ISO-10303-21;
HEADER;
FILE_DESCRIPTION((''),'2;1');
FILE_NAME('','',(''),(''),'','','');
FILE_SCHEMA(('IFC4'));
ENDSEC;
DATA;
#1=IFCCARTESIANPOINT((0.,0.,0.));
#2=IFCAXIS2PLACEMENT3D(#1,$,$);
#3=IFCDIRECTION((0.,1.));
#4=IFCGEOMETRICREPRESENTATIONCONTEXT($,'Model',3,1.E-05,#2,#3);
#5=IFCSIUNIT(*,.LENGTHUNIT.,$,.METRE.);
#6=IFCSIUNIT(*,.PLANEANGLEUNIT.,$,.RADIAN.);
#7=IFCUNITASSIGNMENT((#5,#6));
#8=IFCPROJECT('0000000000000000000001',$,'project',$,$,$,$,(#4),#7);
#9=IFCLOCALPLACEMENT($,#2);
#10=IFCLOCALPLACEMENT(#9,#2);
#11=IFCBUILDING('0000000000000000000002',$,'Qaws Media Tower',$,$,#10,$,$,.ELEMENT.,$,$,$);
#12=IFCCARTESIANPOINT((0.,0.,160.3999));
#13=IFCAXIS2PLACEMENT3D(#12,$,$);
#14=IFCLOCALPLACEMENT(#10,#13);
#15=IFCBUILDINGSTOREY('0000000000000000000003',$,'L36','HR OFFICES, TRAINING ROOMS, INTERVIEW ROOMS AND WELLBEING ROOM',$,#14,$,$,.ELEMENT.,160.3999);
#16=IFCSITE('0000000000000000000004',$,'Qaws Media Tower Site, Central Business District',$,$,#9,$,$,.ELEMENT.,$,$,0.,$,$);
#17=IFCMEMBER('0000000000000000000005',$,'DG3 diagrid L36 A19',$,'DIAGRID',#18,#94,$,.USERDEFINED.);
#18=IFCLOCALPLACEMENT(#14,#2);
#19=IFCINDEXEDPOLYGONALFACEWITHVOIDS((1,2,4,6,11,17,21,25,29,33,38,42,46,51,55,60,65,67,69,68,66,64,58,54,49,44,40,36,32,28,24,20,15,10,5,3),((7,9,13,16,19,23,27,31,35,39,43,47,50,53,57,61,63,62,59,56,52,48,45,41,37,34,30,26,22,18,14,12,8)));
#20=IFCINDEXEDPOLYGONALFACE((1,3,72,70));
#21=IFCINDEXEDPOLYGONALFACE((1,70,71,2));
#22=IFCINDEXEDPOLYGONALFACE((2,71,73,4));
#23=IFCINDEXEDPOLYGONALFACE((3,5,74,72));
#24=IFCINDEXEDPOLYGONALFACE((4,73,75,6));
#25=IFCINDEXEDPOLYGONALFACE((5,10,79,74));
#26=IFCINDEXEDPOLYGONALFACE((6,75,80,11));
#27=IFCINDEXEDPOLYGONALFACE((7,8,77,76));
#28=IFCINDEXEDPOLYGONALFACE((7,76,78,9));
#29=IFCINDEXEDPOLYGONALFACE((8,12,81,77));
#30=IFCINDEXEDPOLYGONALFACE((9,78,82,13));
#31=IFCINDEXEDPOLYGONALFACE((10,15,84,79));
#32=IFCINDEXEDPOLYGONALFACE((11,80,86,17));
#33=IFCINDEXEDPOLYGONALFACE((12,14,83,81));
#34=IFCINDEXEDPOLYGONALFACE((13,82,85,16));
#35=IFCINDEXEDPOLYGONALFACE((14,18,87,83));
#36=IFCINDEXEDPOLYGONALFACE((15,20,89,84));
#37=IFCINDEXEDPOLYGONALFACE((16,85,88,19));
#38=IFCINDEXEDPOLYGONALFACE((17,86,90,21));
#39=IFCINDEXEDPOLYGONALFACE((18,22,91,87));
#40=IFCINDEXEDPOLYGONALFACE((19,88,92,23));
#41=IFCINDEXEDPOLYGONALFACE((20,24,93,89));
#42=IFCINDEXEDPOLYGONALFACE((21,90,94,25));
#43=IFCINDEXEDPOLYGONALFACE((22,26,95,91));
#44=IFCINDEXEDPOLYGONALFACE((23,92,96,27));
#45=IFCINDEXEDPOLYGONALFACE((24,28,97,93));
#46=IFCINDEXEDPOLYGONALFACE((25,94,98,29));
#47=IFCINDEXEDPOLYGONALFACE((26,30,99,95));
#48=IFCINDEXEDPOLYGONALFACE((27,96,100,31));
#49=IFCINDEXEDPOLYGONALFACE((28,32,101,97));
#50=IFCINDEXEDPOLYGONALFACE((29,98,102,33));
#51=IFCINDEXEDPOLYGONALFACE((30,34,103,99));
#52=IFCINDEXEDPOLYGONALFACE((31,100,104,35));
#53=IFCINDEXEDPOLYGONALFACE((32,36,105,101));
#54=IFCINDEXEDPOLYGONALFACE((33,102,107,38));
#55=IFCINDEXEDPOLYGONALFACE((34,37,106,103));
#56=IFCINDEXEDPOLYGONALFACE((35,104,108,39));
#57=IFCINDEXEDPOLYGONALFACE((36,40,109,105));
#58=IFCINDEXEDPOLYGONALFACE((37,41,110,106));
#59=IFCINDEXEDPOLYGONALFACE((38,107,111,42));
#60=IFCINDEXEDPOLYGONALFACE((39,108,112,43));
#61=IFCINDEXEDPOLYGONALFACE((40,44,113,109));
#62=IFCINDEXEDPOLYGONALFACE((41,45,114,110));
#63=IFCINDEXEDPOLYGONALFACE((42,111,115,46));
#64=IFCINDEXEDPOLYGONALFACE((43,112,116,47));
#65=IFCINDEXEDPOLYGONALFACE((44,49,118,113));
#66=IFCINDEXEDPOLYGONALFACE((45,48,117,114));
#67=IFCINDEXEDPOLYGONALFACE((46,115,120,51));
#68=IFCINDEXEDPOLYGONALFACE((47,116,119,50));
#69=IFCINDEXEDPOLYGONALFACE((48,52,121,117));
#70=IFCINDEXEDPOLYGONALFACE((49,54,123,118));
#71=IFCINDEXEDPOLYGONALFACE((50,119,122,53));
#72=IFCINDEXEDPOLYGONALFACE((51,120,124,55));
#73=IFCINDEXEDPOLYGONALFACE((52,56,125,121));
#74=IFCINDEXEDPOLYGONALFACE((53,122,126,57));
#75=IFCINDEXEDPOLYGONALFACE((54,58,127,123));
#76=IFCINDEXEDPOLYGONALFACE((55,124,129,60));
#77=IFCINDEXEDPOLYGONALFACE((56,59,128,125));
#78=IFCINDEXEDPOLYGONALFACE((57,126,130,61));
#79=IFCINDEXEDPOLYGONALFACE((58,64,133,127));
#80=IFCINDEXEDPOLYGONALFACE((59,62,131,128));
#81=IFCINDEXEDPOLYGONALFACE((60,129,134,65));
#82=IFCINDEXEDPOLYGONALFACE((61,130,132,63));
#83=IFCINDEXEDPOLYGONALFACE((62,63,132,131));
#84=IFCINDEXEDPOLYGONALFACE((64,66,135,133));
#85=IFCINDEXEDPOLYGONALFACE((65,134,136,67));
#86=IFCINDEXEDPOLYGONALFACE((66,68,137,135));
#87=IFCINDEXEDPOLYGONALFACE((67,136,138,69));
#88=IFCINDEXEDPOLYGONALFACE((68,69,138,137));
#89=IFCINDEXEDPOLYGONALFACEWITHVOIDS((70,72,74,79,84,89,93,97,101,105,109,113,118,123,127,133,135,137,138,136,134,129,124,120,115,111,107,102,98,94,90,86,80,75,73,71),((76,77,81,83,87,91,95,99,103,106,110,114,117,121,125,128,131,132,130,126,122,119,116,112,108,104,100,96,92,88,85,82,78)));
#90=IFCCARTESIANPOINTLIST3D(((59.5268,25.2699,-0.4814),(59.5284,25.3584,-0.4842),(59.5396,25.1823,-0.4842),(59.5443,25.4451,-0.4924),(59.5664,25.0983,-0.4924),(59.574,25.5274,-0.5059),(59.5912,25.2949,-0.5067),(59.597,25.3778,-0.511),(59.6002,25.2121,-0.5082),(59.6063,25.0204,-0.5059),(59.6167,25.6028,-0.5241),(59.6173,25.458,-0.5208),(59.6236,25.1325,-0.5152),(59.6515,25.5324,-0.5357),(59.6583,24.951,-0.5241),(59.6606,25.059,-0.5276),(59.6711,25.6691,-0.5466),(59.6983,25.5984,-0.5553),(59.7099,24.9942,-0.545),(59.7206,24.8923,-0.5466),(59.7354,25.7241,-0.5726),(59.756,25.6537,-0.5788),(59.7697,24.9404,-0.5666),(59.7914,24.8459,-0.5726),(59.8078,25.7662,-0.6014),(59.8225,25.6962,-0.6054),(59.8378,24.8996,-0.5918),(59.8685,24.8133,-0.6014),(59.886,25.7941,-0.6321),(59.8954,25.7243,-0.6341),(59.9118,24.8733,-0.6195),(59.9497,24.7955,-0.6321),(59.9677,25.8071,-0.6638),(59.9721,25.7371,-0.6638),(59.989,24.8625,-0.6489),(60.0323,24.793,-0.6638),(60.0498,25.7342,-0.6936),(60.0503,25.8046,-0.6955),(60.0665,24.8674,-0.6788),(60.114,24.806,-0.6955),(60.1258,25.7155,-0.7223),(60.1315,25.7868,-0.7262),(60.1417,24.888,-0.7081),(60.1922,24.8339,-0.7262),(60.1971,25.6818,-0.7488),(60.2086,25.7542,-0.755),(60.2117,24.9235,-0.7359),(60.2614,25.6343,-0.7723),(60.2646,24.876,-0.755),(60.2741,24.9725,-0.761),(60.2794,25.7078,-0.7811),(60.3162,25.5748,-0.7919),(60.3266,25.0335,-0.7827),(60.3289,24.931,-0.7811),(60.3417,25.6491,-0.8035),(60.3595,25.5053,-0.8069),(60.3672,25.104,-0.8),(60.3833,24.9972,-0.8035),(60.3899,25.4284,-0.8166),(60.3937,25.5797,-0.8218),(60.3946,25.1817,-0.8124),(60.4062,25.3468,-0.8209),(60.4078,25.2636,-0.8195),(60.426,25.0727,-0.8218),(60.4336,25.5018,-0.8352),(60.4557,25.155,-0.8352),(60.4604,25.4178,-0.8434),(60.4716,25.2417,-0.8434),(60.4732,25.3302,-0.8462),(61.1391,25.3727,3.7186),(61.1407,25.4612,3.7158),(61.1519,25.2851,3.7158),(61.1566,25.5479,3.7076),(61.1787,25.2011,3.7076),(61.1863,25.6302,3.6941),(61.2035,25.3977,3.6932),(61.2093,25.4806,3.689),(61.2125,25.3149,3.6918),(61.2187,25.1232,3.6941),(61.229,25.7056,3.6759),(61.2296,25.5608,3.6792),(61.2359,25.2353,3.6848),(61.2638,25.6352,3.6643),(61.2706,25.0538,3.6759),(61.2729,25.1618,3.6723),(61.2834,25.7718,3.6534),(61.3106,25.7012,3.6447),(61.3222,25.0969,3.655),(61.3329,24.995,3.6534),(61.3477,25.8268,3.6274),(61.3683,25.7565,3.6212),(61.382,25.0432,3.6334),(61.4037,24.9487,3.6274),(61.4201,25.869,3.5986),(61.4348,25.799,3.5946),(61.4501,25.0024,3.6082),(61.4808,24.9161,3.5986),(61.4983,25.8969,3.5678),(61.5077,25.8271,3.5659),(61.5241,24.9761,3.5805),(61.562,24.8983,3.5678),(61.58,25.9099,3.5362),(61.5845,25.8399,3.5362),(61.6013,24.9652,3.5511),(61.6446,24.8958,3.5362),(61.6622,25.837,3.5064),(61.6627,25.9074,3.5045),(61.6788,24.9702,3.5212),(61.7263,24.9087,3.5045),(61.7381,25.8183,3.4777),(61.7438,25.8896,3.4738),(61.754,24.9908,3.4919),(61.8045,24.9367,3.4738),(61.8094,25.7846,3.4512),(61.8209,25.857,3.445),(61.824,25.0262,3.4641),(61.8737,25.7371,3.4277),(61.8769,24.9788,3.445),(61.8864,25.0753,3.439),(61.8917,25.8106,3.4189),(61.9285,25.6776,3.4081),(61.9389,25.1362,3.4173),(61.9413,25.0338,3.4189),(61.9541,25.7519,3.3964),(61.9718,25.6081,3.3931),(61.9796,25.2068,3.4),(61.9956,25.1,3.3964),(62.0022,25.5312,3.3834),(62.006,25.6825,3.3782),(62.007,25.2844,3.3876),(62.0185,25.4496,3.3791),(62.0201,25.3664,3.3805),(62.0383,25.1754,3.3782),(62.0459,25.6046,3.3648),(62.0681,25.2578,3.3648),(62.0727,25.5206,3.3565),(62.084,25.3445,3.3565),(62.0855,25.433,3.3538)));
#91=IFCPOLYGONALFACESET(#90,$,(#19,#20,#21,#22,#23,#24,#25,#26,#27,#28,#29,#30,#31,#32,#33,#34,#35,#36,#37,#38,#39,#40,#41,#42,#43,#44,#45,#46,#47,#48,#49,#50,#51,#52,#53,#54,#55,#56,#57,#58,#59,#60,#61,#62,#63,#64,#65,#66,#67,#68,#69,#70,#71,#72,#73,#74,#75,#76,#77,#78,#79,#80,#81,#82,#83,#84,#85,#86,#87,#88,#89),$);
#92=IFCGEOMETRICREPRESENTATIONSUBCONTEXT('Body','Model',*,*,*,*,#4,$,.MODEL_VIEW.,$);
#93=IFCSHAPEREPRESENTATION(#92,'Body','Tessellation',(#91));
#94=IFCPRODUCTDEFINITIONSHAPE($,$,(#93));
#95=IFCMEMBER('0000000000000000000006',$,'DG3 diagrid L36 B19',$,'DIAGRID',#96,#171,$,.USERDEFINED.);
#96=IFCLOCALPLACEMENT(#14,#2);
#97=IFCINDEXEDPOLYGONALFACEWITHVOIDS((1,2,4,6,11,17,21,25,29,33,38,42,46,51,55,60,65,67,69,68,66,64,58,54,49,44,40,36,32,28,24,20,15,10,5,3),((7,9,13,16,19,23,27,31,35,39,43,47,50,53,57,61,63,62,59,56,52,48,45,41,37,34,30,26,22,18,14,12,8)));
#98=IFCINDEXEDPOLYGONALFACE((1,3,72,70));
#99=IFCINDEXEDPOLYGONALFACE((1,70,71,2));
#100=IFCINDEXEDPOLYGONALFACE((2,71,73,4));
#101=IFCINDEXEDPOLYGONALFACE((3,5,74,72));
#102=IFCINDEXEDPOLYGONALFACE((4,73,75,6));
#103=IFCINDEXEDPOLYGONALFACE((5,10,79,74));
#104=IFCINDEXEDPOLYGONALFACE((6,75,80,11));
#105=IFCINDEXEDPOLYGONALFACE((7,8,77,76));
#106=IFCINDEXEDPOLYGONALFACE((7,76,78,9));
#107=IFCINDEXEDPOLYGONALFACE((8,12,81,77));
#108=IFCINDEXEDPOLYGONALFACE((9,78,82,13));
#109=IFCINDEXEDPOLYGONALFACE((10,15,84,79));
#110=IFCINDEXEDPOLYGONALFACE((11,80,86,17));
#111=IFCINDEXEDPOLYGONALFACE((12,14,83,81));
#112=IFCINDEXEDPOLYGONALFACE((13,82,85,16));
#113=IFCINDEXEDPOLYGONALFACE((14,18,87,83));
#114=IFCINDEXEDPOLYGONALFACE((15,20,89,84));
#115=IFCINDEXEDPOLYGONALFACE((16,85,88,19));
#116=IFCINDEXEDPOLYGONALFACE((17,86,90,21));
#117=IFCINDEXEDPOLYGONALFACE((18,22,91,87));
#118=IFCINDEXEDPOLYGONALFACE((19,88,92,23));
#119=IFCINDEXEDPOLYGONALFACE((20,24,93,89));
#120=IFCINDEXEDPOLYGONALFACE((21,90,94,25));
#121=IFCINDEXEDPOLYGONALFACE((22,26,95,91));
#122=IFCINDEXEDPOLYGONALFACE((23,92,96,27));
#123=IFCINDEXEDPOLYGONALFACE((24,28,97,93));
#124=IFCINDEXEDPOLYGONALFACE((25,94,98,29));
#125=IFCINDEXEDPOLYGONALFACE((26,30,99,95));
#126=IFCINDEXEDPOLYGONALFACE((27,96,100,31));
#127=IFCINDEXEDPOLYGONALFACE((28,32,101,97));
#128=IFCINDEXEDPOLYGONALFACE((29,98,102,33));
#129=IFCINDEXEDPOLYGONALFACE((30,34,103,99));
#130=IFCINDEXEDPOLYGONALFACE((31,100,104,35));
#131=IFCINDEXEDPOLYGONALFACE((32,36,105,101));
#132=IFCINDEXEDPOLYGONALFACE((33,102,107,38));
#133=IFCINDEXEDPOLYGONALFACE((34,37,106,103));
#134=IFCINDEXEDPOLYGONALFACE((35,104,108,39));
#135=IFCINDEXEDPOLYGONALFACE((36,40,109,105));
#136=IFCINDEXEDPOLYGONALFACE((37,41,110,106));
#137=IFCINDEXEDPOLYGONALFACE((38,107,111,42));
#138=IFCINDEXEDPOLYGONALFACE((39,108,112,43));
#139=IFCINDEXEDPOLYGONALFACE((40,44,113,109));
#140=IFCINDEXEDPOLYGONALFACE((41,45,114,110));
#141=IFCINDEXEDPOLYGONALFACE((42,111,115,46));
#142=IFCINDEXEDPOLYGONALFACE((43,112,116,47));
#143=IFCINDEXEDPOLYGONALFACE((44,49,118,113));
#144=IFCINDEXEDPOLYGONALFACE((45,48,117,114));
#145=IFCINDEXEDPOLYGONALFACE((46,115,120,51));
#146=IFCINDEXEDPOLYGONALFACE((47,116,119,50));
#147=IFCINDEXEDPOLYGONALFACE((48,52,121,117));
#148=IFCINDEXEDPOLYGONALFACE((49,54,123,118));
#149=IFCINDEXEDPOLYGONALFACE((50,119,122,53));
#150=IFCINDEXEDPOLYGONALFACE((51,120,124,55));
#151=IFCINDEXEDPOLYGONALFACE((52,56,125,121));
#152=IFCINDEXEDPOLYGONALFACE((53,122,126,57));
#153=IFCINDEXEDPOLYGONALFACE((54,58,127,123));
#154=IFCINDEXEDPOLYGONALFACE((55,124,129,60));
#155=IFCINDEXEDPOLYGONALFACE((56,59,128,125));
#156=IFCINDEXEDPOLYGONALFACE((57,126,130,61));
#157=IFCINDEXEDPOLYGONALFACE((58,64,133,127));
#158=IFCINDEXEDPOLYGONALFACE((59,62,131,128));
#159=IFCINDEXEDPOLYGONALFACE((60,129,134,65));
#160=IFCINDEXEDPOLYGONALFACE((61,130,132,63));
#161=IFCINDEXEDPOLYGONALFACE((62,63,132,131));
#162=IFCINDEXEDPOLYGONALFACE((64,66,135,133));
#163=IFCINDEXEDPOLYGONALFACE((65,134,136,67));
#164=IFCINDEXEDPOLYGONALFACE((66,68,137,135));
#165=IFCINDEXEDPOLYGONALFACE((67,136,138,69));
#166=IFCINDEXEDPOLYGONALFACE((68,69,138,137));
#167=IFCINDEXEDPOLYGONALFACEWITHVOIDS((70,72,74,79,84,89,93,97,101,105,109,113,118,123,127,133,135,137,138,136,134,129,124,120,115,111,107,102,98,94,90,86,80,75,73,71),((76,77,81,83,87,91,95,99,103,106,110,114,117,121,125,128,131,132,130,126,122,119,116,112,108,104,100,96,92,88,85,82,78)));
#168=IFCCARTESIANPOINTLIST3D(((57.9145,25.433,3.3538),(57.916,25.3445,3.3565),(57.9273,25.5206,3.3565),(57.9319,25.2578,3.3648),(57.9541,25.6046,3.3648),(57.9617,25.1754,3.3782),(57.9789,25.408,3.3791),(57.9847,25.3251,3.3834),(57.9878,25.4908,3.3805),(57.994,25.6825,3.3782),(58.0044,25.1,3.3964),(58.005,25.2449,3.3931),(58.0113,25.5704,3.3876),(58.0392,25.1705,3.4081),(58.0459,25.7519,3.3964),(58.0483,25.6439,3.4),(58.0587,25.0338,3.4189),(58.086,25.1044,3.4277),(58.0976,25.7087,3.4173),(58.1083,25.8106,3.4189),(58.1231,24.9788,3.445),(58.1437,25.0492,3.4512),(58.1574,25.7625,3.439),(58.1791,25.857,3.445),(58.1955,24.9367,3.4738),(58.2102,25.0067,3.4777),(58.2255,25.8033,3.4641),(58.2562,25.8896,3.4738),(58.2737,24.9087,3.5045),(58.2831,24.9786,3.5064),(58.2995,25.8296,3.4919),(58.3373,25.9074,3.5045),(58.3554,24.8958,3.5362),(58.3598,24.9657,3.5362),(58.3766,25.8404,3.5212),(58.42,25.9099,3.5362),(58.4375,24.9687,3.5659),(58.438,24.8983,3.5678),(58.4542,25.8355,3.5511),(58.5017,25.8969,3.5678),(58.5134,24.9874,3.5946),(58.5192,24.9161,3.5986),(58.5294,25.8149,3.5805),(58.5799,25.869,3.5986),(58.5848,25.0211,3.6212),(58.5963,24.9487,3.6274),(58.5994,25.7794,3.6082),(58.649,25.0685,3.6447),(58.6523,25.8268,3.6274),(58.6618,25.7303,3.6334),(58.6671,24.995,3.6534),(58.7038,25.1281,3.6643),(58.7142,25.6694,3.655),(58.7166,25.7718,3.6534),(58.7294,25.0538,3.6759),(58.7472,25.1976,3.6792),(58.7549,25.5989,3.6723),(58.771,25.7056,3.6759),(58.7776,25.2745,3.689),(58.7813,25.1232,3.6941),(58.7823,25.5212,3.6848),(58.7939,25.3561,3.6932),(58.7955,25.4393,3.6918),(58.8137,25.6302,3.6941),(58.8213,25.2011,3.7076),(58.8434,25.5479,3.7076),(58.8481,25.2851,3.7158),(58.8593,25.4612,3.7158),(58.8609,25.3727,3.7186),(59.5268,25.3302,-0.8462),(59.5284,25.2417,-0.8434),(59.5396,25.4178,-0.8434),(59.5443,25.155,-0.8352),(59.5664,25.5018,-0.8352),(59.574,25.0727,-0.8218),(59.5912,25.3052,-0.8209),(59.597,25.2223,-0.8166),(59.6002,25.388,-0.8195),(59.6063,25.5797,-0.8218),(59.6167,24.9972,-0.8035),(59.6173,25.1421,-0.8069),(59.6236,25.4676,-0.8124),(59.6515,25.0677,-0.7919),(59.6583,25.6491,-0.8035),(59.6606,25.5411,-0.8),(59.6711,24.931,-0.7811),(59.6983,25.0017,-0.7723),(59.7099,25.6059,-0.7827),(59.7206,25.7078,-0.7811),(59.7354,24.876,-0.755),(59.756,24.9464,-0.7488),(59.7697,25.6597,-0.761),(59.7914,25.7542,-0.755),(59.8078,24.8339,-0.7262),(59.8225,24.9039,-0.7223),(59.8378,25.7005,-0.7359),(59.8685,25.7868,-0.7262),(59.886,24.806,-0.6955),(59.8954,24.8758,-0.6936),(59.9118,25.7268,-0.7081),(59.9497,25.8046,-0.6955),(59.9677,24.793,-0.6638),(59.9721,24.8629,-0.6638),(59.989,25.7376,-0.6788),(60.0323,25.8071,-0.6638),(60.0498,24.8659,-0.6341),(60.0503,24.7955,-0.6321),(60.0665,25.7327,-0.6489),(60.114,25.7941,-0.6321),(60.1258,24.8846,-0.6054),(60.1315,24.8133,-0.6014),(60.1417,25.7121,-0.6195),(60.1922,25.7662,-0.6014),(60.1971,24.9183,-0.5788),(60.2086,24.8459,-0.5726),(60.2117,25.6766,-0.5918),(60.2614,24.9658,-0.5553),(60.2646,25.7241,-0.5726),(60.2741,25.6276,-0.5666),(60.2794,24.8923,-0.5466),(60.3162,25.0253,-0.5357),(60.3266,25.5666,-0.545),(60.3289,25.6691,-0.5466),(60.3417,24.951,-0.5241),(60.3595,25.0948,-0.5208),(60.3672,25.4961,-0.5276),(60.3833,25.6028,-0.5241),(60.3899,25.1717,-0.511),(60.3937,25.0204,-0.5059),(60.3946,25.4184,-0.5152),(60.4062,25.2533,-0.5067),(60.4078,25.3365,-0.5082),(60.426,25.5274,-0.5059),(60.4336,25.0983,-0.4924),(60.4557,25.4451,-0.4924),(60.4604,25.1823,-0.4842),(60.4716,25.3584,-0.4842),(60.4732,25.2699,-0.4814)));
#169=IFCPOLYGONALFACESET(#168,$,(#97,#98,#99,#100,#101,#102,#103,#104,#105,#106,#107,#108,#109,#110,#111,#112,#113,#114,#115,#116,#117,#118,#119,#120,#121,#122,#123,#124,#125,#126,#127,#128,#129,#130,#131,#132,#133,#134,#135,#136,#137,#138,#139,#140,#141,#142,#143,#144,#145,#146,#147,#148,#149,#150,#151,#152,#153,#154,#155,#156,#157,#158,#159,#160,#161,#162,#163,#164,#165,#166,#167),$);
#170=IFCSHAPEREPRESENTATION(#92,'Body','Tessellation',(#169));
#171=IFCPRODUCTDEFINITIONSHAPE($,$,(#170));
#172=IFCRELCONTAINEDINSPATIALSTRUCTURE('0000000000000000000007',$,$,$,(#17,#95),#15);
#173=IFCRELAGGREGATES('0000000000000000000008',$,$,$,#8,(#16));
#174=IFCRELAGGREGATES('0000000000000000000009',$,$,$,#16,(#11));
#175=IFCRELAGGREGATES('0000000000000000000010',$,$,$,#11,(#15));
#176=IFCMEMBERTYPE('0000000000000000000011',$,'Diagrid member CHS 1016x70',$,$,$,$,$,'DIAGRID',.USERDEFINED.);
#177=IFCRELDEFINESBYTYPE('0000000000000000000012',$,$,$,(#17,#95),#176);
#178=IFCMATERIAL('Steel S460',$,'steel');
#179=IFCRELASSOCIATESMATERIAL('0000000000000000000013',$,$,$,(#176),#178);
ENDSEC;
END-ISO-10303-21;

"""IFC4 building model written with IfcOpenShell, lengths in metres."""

from ifc_helpers import new_model, si_unit, direction, frame, origin, origin_2d, place, context, subcontext, project, spatial, hollow_circle, extrude, material, material_profile, profile_set, type_object, element, save


model = new_model("IFC4")

# Units and contexts
model_context = context("Model", 3, precision=1e-05, world=origin(), true_north=direction((0.0, 1.0)))
body_context = subcontext(model_context, "Body", "Model", "MODEL_VIEW")
ifc_project = project(units=[si_unit("LENGTHUNIT", "METRE"), si_unit("PLANEANGLEUNIT", "RADIAN")], contexts=[model_context])

# Site, building, storey
site_placement = place(None, origin())
site = spatial("IfcSite", under=ifc_project, at=site_placement, Name="Qaws Media Tower Site, Central Business District", CompositionType="ELEMENT", RefElevation=0.0)
building_placement = place(site_placement, origin())
building = spatial("IfcBuilding", under=site, at=building_placement, Name="Qaws Media Tower", CompositionType="ELEMENT")
storey_placement = place(building_placement, frame((0.0, 0.0, 160.3999)))
storey = spatial("IfcBuildingStorey", under=building, at=storey_placement, Name="L36", Description="HR OFFICES, TRAINING ROOMS, INTERVIEW ROOMS AND WELLBEING ROOM", CompositionType="ELEMENT", Elevation=160.3999)

# Members
ifc_material_1 = material(Name="Steel S460", Category="steel")
ifc_material_profile_1 = material_profile(ifc_material_1, hollow_circle(Radius=0.5081, WallThickness=0.0701, at=origin_2d()), Name="CHS 1016x70")
ifc_profile_set_1 = profile_set([ifc_material_profile_1], Name="Steel S460")
member_type_1 = type_object("IfcMemberType", Name="Diagrid member CHS 1016x70", ElementType="DIAGRID", PredefinedType="USERDEFINED", material=ifc_profile_set_1)
for number, where, z_axis, x_axis, name in (
    (1, (60.0, 25.3, -0.6638), (0.358293, 0.022841, 0.93333), (-0.06362, 0.997974, 0.0), "DG3 diagrid L36 A19"),
    (2, (60.0, 25.3, -0.6638), (-0.358293, 0.022841, 0.93333), (-0.06362, -0.997974, 0.0), "DG3 diagrid L36 B19"),
):
    element("IfcMember", number, at=place(storey_placement, frame(where, z_axis=z_axis, x_axis=x_axis)), inside=storey, type_object=member_type_1, Name=name, ObjectType="DIAGRID", PredefinedType="USERDEFINED", context=body_context, shape_type="SweptSolid", body=[
        extrude(hollow_circle(Radius=0.5081, WallThickness=0.0701, at=origin_2d()), origin(), (0.0, 0.0, 1.0), 4.5),
    ])

save(model, "model.ifc")
